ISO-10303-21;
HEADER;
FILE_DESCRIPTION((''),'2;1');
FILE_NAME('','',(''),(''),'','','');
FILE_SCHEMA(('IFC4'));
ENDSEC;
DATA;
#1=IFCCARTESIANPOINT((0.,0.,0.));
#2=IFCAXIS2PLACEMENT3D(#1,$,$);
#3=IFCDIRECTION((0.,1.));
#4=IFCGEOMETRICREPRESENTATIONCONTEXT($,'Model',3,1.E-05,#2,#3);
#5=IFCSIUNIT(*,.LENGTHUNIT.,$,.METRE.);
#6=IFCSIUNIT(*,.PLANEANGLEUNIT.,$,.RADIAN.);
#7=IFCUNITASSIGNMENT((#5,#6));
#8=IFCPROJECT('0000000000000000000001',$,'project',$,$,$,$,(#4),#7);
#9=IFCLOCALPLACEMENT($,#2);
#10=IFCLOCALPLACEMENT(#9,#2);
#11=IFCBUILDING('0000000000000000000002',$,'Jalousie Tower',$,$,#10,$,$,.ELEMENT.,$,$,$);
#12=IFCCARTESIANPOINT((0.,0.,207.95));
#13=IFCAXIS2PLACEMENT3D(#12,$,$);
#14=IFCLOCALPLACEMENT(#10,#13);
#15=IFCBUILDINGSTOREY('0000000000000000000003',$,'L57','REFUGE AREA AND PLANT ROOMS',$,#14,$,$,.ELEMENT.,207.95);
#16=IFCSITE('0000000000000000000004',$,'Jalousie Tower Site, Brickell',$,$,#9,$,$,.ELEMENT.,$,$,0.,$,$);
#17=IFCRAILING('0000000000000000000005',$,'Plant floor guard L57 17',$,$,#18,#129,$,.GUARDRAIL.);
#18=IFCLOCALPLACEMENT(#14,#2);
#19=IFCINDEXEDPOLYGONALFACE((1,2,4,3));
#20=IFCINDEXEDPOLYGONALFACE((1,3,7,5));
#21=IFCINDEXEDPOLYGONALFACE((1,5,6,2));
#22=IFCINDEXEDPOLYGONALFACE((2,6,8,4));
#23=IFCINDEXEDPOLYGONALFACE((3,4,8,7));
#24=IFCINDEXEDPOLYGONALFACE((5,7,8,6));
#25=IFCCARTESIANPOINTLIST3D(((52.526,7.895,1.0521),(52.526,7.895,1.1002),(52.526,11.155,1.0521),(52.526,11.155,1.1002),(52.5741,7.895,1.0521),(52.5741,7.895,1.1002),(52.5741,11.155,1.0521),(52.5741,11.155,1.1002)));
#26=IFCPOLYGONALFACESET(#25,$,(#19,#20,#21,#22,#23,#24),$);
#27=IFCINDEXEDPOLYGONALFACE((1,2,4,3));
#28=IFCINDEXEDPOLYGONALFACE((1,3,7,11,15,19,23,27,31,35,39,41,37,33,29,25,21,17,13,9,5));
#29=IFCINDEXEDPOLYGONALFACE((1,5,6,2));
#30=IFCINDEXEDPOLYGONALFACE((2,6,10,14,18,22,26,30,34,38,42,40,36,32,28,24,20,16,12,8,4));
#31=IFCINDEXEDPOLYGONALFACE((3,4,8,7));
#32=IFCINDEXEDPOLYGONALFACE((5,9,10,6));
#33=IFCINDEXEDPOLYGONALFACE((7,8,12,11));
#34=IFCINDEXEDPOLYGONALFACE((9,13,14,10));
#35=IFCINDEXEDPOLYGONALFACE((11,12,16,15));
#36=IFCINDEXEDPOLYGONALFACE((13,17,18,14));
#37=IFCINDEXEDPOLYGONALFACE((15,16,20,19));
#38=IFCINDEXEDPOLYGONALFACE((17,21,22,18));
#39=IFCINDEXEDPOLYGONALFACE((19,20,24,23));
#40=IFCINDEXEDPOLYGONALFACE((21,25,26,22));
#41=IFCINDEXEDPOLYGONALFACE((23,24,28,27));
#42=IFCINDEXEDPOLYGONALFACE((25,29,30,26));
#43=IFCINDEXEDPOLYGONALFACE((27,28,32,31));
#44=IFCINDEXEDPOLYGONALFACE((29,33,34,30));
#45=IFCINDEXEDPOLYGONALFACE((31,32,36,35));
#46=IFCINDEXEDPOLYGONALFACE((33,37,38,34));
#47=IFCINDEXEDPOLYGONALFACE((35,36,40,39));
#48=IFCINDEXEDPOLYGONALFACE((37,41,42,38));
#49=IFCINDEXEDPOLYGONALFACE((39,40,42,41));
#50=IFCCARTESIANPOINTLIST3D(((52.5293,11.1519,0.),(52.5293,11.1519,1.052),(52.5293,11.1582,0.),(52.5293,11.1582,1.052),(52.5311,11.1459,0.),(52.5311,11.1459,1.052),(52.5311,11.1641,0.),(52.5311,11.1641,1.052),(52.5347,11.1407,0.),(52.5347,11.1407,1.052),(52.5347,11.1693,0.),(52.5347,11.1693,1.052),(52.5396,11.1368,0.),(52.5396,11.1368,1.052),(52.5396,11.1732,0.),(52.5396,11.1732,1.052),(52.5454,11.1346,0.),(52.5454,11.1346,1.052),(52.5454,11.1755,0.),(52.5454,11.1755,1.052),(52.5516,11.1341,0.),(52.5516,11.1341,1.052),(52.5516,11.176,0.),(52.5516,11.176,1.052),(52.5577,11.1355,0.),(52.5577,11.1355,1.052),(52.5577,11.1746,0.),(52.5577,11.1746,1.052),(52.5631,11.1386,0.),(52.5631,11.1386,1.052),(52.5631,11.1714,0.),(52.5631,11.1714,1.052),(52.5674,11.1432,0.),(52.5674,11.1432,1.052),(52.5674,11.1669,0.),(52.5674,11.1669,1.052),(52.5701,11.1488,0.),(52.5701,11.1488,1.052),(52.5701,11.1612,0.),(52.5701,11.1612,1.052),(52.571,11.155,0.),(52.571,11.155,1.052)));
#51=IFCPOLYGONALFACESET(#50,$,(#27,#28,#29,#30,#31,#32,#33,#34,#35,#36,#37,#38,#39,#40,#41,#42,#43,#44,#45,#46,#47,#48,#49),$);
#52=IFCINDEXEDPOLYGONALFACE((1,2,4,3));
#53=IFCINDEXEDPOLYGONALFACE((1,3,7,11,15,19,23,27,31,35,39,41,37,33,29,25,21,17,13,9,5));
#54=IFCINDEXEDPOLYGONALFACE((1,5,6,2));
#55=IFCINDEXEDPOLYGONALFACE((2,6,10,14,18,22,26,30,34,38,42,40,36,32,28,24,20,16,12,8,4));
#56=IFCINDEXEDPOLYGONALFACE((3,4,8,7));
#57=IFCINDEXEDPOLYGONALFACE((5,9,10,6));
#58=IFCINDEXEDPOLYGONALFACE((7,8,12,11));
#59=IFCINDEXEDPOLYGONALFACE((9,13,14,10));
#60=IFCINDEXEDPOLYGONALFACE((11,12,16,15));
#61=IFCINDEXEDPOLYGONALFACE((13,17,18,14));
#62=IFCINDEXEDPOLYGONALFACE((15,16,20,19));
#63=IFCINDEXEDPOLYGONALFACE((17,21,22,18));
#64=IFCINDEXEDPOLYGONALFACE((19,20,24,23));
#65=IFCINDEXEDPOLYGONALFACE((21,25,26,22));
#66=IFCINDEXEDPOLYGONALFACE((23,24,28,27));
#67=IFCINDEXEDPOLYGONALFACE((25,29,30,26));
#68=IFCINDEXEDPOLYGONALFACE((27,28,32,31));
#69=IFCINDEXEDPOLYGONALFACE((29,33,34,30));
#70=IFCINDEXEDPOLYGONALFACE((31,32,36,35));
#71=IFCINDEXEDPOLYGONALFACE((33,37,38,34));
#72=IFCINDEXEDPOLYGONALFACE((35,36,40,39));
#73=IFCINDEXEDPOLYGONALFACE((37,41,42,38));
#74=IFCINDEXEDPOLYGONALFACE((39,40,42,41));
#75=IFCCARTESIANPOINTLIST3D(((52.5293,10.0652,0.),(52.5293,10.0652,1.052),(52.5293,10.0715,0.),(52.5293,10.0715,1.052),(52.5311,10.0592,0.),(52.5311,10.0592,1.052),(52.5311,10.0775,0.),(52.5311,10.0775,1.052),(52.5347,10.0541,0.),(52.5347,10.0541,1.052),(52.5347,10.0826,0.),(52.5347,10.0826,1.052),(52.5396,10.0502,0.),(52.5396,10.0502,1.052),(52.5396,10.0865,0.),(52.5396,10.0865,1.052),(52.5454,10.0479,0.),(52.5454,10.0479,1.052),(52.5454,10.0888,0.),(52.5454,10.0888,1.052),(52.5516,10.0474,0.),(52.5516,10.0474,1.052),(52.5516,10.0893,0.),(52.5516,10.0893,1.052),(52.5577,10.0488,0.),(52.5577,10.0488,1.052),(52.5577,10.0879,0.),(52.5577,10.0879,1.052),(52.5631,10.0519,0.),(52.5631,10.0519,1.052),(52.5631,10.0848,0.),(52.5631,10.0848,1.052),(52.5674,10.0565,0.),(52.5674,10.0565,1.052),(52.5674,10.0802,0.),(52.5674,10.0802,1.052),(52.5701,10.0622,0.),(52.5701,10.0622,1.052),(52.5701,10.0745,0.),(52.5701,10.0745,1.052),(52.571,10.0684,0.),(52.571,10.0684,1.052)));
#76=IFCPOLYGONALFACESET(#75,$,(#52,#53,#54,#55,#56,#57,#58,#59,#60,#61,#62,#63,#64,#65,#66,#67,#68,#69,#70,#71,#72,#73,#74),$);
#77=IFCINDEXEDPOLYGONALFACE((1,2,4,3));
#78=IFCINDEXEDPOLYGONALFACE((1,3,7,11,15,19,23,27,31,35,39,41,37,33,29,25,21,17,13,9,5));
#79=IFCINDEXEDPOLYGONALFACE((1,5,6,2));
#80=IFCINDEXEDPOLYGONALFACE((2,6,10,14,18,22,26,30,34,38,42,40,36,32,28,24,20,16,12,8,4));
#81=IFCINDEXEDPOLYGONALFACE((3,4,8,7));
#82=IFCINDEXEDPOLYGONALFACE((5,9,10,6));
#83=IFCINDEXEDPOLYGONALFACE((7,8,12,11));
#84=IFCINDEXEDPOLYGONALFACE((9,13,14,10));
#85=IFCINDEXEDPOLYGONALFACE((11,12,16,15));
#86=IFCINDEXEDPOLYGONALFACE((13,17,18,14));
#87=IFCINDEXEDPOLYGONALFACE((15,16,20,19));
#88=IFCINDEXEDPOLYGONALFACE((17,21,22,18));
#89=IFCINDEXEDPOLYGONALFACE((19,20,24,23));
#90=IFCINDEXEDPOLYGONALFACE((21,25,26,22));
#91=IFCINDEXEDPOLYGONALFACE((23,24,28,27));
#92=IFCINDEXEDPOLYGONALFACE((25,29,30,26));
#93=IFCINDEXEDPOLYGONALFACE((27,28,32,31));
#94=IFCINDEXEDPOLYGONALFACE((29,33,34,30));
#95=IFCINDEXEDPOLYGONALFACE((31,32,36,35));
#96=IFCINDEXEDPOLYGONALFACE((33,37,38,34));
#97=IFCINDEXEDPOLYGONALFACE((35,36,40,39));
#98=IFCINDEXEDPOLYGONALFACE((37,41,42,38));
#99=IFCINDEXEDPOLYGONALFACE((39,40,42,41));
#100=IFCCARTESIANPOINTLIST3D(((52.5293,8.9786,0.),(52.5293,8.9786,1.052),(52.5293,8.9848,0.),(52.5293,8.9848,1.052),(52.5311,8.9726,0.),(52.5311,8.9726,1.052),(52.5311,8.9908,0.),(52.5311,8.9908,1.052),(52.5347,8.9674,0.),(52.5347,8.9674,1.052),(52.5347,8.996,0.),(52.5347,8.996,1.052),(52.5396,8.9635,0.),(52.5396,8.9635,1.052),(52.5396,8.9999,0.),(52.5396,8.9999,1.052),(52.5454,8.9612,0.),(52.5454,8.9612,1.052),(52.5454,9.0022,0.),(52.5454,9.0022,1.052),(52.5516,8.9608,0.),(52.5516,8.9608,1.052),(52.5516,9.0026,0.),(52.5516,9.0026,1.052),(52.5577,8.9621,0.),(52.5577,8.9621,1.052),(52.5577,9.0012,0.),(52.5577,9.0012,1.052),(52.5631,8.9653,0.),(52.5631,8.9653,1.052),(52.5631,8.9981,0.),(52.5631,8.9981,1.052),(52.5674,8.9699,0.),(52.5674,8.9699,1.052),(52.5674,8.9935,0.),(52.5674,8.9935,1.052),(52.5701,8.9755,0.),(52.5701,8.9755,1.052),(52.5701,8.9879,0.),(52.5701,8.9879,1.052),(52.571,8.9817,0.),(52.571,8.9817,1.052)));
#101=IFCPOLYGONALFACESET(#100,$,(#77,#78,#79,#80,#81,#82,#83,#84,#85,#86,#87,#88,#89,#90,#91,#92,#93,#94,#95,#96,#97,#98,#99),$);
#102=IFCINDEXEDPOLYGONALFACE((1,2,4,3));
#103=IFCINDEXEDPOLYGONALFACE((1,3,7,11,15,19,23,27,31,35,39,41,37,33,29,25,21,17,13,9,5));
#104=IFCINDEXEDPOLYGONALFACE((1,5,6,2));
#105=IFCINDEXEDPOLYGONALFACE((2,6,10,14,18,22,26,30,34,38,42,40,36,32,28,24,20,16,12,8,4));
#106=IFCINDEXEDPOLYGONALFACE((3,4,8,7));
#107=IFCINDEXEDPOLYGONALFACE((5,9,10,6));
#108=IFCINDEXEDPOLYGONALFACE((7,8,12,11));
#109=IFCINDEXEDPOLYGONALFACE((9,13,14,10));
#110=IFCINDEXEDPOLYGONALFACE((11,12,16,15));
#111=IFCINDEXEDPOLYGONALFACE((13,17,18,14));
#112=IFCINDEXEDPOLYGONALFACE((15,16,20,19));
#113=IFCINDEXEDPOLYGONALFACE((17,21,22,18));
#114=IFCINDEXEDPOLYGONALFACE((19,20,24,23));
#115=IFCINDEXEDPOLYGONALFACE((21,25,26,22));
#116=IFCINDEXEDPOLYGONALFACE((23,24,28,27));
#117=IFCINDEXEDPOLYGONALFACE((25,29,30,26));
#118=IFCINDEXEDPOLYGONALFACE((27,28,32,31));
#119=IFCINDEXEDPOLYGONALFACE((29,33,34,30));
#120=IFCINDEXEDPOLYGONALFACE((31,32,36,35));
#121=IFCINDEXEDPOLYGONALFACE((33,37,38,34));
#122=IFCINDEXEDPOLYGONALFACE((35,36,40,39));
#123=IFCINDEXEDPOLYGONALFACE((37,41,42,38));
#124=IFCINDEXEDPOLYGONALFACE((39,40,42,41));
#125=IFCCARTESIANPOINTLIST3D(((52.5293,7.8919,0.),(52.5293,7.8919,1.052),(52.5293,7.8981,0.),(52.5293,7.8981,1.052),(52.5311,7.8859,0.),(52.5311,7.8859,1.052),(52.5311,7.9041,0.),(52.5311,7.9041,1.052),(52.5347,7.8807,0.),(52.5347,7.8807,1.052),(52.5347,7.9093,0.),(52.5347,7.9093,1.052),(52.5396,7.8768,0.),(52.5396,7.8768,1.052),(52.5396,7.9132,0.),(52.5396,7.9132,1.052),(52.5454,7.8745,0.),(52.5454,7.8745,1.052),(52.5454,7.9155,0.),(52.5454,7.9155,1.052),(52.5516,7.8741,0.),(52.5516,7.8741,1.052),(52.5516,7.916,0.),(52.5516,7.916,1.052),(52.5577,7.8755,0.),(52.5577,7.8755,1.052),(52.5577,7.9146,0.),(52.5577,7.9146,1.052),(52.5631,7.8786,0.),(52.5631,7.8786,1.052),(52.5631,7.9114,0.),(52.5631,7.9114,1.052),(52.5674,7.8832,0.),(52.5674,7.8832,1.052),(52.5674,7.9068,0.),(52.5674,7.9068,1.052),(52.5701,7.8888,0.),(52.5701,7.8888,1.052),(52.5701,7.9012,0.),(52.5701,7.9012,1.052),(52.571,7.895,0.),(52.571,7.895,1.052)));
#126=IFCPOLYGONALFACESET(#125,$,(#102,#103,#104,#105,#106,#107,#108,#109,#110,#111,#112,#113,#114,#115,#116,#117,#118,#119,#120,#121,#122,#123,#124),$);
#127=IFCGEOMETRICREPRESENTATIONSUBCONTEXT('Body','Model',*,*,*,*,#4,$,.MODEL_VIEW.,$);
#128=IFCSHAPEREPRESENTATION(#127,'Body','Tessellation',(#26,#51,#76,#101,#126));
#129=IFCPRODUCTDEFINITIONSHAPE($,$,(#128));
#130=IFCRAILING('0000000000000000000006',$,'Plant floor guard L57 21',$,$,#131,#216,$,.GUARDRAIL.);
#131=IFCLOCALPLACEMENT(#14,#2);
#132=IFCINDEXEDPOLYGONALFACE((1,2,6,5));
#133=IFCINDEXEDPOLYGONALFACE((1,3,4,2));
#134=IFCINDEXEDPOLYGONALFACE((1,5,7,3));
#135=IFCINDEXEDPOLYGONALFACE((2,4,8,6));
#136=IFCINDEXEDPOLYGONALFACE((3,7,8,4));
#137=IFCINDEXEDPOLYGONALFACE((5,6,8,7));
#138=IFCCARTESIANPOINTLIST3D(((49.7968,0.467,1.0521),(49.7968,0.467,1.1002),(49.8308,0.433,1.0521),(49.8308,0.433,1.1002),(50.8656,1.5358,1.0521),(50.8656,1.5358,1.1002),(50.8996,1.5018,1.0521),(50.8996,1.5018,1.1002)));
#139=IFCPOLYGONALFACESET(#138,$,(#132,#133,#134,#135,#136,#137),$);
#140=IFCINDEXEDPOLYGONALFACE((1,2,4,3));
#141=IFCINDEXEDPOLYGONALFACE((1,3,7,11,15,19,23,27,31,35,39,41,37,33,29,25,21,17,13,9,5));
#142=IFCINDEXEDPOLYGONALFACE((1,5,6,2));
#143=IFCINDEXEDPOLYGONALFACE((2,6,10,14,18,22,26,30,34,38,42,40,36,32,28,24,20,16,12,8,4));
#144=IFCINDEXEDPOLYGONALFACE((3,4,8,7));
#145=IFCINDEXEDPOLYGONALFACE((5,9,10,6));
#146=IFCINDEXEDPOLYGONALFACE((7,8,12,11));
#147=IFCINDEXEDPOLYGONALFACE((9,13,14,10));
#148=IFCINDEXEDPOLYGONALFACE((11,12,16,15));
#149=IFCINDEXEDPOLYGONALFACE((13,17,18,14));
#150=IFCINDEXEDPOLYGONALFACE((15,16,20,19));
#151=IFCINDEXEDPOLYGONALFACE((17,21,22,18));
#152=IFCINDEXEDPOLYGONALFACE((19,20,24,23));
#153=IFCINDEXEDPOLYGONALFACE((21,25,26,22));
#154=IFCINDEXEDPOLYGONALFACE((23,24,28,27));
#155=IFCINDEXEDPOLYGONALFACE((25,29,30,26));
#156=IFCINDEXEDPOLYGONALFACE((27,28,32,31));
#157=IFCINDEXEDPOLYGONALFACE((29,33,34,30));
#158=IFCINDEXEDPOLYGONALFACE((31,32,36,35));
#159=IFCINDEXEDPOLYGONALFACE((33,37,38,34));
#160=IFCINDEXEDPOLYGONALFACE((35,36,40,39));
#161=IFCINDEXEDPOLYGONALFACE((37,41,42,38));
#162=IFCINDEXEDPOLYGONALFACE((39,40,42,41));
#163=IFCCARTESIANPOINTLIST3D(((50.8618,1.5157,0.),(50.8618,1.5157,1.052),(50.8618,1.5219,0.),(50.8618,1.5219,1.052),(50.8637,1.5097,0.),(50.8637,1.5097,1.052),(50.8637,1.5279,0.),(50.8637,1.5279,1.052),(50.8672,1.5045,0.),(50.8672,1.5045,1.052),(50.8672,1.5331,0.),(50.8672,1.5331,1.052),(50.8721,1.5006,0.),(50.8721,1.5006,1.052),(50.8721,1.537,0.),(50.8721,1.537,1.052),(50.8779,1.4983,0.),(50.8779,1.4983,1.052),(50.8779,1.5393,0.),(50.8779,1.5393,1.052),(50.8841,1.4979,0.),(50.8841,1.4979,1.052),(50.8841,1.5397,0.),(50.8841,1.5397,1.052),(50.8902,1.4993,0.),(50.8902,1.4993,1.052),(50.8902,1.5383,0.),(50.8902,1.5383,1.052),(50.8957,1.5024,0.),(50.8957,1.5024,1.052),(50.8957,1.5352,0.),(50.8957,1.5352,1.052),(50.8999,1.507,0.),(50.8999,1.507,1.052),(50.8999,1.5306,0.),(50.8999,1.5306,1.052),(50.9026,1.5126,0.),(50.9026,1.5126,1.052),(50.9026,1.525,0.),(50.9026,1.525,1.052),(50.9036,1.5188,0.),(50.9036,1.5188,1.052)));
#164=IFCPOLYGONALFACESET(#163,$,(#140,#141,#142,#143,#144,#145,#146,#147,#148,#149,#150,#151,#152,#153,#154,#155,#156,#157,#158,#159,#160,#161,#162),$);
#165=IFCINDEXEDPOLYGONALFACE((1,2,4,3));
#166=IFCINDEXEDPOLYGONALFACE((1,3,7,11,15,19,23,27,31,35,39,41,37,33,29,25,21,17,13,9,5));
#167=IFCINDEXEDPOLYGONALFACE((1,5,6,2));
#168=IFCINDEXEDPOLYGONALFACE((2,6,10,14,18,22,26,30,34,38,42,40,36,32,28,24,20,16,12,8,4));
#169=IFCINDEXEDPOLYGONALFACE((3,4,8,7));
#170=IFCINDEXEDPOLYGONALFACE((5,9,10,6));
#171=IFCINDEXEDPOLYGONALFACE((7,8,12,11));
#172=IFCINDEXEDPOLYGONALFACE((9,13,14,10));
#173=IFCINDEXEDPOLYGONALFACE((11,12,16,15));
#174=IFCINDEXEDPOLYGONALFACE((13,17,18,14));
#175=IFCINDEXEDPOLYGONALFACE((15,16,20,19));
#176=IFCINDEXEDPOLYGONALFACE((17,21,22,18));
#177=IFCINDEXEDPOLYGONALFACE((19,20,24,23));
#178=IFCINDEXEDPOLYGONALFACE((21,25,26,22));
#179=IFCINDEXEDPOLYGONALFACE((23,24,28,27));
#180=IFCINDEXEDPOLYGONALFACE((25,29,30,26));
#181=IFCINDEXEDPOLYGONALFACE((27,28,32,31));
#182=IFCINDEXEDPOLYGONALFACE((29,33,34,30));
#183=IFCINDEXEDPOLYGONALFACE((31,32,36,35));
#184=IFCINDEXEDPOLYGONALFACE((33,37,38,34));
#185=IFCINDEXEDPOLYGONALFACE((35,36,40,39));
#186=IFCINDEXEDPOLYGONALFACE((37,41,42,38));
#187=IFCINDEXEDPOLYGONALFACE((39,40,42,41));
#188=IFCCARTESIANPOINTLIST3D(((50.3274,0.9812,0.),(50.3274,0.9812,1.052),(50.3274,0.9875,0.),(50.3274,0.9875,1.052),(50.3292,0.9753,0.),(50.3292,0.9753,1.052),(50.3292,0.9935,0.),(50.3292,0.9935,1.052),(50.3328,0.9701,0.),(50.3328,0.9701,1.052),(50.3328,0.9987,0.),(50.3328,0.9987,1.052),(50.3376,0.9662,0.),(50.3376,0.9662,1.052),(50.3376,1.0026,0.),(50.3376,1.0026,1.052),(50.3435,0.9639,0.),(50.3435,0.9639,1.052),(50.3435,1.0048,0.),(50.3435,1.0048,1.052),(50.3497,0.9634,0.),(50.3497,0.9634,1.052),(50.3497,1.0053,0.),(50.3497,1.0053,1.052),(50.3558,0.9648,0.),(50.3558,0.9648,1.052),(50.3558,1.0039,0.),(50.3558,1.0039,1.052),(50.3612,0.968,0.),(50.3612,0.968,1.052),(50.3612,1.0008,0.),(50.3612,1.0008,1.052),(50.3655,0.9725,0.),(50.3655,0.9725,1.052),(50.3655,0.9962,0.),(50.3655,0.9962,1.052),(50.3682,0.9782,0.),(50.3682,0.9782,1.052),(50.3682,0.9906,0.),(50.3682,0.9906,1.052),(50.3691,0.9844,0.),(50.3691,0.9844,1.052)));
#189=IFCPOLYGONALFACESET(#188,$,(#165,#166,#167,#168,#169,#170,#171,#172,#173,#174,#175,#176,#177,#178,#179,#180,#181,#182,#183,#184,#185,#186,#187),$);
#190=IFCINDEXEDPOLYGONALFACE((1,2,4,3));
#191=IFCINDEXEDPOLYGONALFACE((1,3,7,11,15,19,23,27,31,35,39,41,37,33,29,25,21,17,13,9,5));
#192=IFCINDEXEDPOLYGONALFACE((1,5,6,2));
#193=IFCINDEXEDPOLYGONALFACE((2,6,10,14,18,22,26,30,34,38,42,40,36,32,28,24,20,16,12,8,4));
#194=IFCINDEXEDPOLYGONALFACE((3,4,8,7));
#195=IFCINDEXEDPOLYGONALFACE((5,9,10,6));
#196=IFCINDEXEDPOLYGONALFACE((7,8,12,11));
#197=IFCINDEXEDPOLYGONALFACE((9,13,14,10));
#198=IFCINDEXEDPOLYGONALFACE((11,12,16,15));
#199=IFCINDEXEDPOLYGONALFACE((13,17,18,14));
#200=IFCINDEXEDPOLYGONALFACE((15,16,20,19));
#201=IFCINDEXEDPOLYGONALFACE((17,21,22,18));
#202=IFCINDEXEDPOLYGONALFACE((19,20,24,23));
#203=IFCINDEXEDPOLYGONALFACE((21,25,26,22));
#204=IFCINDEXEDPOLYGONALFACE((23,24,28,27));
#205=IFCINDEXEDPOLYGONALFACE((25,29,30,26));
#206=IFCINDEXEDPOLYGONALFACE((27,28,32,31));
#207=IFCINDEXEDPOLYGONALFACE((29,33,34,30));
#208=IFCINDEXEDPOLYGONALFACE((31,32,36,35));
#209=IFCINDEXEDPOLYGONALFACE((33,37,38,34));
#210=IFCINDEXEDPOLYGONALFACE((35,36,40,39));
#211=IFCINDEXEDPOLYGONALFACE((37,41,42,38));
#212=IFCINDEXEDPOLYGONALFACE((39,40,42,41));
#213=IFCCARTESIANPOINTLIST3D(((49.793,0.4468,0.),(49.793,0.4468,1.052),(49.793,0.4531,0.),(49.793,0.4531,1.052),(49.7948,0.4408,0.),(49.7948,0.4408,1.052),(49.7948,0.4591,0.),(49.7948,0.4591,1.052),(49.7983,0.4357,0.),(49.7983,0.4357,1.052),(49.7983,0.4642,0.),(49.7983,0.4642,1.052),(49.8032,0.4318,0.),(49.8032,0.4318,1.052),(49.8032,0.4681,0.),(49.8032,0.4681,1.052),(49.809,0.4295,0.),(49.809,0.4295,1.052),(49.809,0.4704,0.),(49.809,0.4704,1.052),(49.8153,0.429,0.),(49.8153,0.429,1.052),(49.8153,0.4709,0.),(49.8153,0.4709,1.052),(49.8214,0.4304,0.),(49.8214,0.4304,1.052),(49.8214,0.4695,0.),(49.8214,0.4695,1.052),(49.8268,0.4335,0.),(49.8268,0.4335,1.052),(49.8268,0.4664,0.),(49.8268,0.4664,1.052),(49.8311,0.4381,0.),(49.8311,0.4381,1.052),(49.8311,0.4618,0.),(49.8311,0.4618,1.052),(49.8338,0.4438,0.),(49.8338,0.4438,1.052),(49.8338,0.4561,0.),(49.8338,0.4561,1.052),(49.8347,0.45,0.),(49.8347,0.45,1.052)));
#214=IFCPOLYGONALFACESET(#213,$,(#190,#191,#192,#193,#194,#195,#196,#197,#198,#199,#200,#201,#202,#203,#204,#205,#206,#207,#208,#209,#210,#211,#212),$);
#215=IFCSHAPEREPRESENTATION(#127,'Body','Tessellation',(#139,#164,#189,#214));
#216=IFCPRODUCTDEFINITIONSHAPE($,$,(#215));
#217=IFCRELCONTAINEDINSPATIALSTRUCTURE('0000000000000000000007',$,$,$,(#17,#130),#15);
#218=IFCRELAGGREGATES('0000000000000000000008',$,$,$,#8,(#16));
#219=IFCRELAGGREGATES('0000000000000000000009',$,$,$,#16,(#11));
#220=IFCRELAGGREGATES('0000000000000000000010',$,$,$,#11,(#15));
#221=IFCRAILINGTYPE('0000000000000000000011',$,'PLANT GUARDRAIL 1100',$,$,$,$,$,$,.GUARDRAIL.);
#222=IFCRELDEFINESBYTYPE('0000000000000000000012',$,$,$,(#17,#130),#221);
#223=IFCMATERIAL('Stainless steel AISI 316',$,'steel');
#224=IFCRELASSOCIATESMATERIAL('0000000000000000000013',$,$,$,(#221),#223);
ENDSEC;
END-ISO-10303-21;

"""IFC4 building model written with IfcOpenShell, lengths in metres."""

from ifc_helpers import new_model, si_unit, direction, frame, origin, origin_2d, place, context, subcontext, project, spatial, rectangle, circle, extrude, material, type_object, element, save


model = new_model("IFC4")

# Units and contexts
model_context = context("Model", 3, precision=1e-05, world=origin(), true_north=direction((0.0, 1.0)))
body_context = subcontext(model_context, "Body", "Model", "MODEL_VIEW")
ifc_project = project(units=[si_unit("LENGTHUNIT", "METRE"), si_unit("PLANEANGLEUNIT", "RADIAN")], contexts=[model_context])

# Site, building, storey
site_placement = place(None, origin())
site = spatial("IfcSite", under=ifc_project, at=site_placement, Name="Jalousie Tower Site, Brickell", CompositionType="ELEMENT", RefElevation=0.0)
building_placement = place(site_placement, origin())
building = spatial("IfcBuilding", under=site, at=building_placement, Name="Jalousie Tower", CompositionType="ELEMENT")
storey_placement = place(building_placement, frame((0.0, 0.0, 207.95)))
storey = spatial("IfcBuildingStorey", under=building, at=storey_placement, Name="L57", Description="REFUGE AREA AND PLANT ROOMS", CompositionType="ELEMENT", Elevation=207.95)

# Railings
ifc_material_1 = material(Name="Stainless steel AISI 316", Category="steel")
railing_type = type_object("IfcRailingType", Name="PLANT GUARDRAIL 1100", PredefinedType="GUARDRAIL", material=ifc_material_1)
railing_1_placement = place(storey_placement, frame((52.55, 11.155, 0.0)))
element("IfcRailing", 1, at=railing_1_placement, inside=storey, type_object=railing_type, Name="Plant floor guard L57 17", PredefinedType="GUARDRAIL", context=body_context, shape_type="SweptSolid", body=[
    extrude(rectangle(XDim=0.0481, YDim=0.0481, at=origin_2d()), frame((0.0, 0.0, 1.0762), z_axis=(0.0, -1.0, 0.0), x_axis=(1.0, 0.0, 0.0)), (0.0, 0.0, 1.0), 3.26),
    extrude(circle(Radius=0.021, at=origin_2d()), origin(), (0.0, 0.0, 1.0), 1.052),
    extrude(circle(Radius=0.021, at=origin_2d()), frame((0.0, -1.0867, 0.0)), (0.0, 0.0, 1.0), 1.052),
    extrude(circle(Radius=0.021, at=origin_2d()), frame((0.0, -2.1733, 0.0)), (0.0, 0.0, 1.0), 1.052),
    extrude(circle(Radius=0.021, at=origin_2d()), frame((0.0, -3.26, 0.0)), (0.0, 0.0, 1.0), 1.052),
])
railing_2_placement = place(storey_placement, frame((50.8826, 1.5188, 0.0)))
element("IfcRailing", 2, at=railing_2_placement, inside=storey, type_object=railing_type, Name="Plant floor guard L57 21", PredefinedType="GUARDRAIL", context=body_context, shape_type="SweptSolid", body=[
    extrude(rectangle(XDim=0.0481, YDim=0.0481, at=origin_2d()), frame((0.0, 0.0, 1.0762), z_axis=(-0.707107, -0.707107, 0.0), x_axis=(0.707107, -0.707107, 0.0)), (0.0, 0.0, 1.0), 1.5115),
    extrude(circle(Radius=0.021, at=origin_2d()), origin(), (0.0, 0.0, 1.0), 1.052),
    extrude(circle(Radius=0.021, at=origin_2d()), frame((-0.5344, -0.5344, 0.0)), (0.0, 0.0, 1.0), 1.052),
    extrude(circle(Radius=0.021, at=origin_2d()), frame((-1.0688, -1.0688, 0.0)), (0.0, 0.0, 1.0), 1.052),
])

save(model, "model.ifc")
